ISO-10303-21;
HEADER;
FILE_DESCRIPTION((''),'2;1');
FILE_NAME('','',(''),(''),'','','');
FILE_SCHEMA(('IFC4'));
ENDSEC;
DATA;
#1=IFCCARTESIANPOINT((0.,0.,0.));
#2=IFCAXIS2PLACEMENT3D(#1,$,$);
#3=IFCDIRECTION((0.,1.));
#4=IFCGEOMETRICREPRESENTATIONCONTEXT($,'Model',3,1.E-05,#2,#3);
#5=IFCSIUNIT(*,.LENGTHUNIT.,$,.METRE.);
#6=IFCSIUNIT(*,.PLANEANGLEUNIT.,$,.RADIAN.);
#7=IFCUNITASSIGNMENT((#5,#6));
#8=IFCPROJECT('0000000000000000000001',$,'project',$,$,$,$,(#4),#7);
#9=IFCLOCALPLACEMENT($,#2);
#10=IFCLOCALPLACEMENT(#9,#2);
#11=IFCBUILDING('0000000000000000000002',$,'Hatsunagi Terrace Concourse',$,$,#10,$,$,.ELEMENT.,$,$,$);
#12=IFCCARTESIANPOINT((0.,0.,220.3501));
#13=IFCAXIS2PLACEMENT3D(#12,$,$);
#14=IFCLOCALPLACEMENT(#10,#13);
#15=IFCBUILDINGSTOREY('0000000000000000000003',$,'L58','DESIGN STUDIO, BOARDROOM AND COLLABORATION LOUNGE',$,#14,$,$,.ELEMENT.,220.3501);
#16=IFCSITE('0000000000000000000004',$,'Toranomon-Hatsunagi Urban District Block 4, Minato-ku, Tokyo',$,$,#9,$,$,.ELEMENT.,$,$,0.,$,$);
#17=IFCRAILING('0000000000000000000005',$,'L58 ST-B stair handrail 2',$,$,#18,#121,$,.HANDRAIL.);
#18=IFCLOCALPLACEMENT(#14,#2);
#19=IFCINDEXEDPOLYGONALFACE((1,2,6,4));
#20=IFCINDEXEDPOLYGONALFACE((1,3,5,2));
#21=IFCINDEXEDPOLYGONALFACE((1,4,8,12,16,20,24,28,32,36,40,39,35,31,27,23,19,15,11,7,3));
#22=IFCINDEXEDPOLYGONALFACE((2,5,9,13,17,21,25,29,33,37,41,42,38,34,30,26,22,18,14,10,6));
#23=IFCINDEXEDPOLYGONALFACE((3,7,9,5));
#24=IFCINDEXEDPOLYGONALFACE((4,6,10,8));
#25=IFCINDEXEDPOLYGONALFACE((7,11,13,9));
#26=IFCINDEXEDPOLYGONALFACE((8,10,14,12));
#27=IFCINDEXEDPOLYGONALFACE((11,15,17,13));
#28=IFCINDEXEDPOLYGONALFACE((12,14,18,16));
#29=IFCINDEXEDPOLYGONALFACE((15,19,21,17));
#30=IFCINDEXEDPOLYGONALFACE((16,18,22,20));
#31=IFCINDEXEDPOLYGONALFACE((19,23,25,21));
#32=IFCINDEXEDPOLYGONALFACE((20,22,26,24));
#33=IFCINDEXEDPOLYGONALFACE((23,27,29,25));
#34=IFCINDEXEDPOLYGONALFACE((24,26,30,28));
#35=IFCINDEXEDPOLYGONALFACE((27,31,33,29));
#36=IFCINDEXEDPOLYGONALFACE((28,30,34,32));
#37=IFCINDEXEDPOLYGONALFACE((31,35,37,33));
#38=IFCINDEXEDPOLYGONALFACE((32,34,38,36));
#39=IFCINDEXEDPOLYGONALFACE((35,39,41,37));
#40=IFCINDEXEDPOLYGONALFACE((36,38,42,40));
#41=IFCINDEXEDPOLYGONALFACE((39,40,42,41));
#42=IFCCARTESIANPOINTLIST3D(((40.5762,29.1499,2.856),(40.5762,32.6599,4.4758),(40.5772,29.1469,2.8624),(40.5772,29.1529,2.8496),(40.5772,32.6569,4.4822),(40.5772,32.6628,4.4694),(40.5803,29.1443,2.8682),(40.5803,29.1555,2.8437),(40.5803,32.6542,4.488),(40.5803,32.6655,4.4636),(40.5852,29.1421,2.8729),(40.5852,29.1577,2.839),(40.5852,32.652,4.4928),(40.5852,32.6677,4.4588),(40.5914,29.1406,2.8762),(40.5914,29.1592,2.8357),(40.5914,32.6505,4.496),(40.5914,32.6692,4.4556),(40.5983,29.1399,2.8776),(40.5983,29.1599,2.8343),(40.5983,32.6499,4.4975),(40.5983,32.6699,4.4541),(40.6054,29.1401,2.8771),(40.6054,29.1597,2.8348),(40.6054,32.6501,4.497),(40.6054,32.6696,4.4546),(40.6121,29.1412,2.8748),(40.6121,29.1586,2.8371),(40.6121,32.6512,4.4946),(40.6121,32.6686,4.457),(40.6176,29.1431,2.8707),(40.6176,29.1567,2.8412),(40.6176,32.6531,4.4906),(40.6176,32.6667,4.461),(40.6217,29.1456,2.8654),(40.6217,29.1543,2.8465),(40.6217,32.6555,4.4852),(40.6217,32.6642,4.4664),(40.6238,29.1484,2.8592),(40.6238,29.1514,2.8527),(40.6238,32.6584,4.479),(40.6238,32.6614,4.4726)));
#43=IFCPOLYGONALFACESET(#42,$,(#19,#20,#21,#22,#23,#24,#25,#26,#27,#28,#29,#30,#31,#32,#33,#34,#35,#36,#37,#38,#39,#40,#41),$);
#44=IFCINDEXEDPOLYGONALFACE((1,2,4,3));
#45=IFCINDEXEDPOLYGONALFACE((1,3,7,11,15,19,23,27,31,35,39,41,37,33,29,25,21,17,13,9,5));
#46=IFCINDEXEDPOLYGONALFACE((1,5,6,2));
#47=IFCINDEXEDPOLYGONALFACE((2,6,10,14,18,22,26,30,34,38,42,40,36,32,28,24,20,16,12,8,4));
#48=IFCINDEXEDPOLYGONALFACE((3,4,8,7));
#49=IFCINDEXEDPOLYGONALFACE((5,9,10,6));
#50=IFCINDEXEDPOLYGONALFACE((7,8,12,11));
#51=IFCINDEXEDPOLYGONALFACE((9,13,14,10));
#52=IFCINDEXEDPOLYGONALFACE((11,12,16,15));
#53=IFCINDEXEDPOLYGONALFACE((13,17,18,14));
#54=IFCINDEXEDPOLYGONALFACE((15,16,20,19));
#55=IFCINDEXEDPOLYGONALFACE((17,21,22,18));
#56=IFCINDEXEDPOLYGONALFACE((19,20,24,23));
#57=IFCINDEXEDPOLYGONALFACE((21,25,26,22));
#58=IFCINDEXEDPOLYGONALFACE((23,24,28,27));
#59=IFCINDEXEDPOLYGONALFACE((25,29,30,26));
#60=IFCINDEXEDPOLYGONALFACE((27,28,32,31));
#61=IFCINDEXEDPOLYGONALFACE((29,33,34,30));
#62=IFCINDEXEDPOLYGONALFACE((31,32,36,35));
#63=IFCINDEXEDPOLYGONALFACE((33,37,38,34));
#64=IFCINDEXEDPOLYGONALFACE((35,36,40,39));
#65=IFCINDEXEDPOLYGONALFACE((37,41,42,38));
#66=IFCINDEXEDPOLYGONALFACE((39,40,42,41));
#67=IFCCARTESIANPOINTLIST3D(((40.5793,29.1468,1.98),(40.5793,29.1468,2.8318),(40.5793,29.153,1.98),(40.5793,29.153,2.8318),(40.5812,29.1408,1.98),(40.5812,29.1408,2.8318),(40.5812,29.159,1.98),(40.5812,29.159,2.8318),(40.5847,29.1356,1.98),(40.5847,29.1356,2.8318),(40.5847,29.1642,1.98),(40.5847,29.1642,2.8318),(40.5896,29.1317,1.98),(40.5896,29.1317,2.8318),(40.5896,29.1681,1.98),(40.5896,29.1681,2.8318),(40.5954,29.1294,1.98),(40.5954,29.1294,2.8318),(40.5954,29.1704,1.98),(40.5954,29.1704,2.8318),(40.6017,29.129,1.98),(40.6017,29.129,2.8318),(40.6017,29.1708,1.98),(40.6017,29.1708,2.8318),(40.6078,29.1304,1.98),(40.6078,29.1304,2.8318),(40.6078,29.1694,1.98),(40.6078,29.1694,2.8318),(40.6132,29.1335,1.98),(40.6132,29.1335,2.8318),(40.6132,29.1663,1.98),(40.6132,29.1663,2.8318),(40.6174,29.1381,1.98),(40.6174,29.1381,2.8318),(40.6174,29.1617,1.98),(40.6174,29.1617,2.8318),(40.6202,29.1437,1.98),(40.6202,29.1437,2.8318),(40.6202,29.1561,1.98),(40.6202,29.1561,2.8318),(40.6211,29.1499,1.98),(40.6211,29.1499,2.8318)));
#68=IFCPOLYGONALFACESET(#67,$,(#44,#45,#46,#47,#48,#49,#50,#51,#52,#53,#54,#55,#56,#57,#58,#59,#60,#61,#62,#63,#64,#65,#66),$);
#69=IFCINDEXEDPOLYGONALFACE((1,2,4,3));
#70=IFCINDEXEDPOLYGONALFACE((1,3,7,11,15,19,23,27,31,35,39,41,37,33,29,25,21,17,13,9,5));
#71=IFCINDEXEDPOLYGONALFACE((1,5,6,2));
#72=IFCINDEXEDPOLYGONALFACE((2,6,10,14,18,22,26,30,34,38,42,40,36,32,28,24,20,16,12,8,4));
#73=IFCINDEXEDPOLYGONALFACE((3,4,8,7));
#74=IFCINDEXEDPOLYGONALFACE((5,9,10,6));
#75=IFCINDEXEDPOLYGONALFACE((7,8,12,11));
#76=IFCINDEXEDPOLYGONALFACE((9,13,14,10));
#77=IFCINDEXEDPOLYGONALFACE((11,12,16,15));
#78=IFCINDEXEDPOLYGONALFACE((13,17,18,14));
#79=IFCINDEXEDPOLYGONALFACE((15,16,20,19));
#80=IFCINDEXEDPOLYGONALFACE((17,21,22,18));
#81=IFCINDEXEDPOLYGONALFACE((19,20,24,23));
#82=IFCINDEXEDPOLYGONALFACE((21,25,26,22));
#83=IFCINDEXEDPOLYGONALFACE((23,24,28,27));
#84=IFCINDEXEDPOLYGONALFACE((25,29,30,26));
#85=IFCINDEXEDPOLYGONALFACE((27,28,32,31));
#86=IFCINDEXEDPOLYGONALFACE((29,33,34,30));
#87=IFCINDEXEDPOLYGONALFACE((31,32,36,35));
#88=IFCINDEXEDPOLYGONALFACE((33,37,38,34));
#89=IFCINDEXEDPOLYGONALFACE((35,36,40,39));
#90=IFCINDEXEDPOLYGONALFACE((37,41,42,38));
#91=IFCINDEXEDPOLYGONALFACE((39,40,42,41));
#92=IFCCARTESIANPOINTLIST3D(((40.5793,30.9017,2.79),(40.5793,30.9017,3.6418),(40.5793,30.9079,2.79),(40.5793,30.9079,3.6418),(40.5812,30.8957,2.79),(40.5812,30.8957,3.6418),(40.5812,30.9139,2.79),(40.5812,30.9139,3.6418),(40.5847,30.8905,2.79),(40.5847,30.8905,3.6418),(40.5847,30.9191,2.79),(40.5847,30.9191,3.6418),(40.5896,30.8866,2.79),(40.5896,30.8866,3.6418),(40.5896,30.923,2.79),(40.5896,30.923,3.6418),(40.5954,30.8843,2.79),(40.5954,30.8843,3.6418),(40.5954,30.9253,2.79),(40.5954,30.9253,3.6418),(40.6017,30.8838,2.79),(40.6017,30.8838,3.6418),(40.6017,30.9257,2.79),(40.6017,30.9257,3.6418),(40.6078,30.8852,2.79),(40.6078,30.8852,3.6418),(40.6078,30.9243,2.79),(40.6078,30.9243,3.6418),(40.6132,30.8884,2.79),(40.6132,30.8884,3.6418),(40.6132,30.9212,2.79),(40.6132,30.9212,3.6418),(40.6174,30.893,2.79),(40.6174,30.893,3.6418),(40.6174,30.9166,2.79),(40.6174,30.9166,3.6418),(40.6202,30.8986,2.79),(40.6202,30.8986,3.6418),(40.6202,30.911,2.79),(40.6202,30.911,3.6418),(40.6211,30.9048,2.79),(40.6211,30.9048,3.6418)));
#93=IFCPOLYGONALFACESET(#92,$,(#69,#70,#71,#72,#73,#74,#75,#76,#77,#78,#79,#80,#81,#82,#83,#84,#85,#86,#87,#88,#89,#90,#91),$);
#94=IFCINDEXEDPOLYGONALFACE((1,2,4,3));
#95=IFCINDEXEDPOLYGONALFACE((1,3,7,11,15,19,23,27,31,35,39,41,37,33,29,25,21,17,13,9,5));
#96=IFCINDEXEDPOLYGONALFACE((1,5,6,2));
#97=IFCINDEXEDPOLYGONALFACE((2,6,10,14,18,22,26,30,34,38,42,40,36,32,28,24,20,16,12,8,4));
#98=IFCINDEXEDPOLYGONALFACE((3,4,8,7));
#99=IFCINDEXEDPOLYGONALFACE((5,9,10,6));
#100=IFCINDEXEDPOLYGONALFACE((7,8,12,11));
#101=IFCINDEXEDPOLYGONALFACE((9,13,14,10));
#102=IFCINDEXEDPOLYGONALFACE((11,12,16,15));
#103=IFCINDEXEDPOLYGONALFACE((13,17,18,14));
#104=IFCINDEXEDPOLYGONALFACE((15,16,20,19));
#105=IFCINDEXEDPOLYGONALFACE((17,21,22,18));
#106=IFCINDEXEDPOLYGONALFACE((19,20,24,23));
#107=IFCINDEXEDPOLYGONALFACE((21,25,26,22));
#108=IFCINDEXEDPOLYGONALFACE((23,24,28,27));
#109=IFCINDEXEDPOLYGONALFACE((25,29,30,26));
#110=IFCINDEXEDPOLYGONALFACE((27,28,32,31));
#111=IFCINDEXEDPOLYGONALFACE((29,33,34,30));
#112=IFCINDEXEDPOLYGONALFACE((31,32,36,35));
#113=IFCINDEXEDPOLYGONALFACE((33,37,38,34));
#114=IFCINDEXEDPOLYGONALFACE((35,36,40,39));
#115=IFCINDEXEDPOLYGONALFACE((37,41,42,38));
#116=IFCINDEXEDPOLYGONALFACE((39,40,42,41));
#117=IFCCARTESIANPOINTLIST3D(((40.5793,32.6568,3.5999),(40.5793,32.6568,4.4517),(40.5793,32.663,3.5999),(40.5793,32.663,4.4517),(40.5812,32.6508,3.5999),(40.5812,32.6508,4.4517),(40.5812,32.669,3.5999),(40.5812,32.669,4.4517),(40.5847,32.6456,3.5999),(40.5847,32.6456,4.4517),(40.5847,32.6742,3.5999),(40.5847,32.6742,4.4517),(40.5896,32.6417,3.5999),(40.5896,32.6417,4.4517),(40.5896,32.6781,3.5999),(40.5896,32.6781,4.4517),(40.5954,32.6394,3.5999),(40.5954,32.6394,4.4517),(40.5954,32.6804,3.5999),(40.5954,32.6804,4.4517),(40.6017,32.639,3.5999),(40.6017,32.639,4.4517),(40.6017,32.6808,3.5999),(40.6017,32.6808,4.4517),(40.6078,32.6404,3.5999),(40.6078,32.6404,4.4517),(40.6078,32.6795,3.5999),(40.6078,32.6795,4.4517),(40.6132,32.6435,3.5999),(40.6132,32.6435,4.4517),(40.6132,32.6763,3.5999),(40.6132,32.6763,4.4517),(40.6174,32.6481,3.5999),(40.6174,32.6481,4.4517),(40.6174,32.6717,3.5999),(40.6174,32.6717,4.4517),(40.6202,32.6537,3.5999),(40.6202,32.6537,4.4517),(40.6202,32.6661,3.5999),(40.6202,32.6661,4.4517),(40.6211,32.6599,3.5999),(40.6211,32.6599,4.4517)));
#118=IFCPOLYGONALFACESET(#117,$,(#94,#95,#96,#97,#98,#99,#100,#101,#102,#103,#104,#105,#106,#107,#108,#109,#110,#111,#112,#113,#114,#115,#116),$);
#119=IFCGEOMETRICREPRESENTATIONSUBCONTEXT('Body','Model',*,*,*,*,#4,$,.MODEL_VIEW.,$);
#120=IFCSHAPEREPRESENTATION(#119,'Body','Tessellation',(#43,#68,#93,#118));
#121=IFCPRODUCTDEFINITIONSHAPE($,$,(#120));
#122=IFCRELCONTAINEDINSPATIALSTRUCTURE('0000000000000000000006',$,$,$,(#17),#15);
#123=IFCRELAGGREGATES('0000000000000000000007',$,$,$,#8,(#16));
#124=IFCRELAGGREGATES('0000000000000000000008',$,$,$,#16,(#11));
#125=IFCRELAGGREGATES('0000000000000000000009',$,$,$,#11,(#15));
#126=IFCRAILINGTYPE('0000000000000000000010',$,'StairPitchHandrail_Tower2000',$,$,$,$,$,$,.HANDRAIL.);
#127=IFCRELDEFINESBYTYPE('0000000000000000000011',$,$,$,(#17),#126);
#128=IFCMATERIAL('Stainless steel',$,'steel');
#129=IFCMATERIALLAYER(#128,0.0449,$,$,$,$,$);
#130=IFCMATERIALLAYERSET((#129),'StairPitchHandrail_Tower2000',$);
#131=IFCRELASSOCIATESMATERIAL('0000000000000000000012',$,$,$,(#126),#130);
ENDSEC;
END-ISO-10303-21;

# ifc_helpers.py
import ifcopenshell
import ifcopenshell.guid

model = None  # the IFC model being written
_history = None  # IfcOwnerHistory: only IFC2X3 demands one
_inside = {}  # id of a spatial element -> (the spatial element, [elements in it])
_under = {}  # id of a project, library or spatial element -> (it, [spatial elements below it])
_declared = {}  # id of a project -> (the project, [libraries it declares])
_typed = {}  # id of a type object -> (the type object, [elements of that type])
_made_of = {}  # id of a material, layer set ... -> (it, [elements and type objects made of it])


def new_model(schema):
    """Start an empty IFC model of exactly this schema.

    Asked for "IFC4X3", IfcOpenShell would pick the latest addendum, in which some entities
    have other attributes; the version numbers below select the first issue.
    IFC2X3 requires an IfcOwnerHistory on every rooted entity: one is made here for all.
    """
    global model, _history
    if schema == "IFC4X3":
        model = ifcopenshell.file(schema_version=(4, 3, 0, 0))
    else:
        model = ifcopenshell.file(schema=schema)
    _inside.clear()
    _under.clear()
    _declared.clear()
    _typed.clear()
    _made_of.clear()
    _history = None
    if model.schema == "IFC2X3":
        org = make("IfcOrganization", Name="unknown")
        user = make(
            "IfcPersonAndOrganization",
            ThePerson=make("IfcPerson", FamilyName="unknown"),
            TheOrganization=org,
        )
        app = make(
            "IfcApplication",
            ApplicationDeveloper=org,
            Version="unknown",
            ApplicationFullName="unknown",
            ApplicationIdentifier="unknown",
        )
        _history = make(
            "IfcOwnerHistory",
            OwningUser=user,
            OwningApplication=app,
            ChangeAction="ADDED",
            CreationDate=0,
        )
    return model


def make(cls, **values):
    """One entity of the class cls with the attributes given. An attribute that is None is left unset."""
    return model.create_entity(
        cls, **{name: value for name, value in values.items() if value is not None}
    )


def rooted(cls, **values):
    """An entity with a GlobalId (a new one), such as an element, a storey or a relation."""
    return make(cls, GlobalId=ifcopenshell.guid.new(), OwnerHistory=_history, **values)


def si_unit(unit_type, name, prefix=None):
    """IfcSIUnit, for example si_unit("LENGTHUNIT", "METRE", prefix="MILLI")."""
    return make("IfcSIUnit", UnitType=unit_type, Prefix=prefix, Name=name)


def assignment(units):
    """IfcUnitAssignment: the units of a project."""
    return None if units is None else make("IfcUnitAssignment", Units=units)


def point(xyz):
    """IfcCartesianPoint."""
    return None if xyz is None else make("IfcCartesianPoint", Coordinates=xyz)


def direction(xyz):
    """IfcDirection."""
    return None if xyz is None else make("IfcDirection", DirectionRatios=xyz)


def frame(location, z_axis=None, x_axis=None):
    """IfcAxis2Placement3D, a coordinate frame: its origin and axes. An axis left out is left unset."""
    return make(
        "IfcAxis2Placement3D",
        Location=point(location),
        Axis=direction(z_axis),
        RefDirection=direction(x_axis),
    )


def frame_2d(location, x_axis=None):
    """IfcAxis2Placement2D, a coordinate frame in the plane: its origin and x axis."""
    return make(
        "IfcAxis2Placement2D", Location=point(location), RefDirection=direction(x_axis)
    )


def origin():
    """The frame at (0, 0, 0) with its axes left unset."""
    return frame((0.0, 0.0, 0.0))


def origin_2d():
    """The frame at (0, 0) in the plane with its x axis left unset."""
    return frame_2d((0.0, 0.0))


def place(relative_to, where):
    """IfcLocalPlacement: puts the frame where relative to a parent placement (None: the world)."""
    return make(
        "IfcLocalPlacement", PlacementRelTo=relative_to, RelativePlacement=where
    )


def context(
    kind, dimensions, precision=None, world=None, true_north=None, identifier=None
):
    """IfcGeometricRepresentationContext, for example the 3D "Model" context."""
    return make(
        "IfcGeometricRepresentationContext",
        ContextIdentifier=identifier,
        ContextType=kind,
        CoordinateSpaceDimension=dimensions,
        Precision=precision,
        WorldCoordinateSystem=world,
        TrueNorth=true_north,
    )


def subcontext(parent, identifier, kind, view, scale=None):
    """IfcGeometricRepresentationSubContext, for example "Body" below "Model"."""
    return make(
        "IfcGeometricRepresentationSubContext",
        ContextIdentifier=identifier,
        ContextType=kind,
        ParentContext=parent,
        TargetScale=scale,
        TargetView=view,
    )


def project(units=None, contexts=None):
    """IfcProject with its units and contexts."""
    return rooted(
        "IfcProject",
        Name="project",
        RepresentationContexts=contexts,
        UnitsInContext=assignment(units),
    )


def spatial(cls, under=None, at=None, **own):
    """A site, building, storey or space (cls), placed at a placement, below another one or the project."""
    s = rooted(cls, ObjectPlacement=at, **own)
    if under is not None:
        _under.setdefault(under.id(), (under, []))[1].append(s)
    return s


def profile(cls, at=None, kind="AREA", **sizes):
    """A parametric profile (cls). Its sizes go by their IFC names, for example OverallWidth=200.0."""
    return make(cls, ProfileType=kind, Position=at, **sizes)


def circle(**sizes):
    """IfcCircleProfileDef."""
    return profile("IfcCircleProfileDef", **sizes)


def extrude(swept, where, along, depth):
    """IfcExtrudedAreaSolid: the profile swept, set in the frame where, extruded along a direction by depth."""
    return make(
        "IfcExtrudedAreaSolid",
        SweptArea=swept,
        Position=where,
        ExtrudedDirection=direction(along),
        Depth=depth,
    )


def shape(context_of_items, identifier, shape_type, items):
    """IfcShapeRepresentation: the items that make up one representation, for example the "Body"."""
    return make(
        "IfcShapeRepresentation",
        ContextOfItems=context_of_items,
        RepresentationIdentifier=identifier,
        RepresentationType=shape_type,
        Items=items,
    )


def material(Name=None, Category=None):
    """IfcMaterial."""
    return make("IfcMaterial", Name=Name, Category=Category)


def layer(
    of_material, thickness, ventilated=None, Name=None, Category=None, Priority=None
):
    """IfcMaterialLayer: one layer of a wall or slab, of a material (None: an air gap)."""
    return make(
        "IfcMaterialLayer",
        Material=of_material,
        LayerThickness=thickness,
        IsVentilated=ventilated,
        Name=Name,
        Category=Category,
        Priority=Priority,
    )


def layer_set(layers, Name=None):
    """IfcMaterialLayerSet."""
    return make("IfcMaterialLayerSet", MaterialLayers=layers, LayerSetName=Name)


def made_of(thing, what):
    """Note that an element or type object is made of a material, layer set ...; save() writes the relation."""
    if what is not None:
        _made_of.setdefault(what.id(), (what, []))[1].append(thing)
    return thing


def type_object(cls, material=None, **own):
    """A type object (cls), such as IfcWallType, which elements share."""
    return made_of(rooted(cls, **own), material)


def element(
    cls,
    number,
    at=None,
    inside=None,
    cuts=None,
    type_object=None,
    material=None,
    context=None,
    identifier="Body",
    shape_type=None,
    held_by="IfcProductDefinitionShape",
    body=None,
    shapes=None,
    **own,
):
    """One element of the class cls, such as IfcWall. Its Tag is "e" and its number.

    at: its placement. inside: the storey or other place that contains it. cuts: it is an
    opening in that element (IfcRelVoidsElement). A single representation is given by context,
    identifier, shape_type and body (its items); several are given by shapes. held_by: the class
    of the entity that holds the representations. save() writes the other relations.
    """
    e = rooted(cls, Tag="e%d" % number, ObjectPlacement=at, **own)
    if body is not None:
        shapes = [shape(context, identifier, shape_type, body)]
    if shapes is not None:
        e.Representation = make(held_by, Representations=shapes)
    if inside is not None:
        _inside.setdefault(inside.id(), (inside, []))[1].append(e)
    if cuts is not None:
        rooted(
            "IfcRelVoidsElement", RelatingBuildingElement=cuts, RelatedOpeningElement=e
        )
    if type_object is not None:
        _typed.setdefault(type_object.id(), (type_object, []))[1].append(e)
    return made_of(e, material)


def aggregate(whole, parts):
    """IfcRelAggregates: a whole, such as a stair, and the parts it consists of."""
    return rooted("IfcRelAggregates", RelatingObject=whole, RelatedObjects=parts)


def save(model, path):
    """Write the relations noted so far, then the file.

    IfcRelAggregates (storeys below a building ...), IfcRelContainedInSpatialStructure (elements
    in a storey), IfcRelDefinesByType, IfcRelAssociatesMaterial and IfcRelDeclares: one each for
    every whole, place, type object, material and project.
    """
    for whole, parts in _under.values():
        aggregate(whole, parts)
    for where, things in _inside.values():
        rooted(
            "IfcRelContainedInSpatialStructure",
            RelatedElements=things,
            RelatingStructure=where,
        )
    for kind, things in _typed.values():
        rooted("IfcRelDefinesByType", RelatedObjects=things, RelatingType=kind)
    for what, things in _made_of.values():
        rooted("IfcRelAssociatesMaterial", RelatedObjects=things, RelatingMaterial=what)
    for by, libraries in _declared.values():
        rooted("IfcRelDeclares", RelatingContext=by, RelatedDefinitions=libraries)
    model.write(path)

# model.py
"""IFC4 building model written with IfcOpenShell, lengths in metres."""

from ifc_helpers import new_model, si_unit, direction, frame, origin, origin_2d, place, context, subcontext, project, spatial, circle, extrude, material, layer, layer_set, type_object, element, save


model = new_model("IFC4")

# Units and contexts
model_context = context("Model", 3, precision=1e-05, world=origin(), true_north=direction((0.0, 1.0)))
body_context = subcontext(model_context, "Body", "Model", "MODEL_VIEW")
ifc_project = project(units=[si_unit("LENGTHUNIT", "METRE"), si_unit("PLANEANGLEUNIT", "RADIAN")], contexts=[model_context])

# Site, building, storey
site_placement = place(None, origin())
site = spatial("IfcSite", under=ifc_project, at=site_placement, Name="Toranomon-Hatsunagi Urban District Block 4, Minato-ku, Tokyo", CompositionType="ELEMENT", RefElevation=0.0)
building_placement = place(site_placement, origin())
building = spatial("IfcBuilding", under=site, at=building_placement, Name="Hatsunagi Terrace Concourse", CompositionType="ELEMENT")
storey_placement = place(building_placement, frame((0.0, 0.0, 220.3501)))
storey = spatial("IfcBuildingStorey", under=building, at=storey_placement, Name="L58", Description="DESIGN STUDIO, BOARDROOM AND COLLABORATION LOUNGE", CompositionType="ELEMENT", Elevation=220.3501)

# Railing
ifc_material_1 = material(Name="Stainless steel", Category="steel")
ifc_layer_1 = layer(ifc_material_1, 0.0449)
ifc_layer_set_1 = layer_set([ifc_layer_1], Name="StairPitchHandrail_Tower2000")
railing_type_1 = type_object("IfcRailingType", Name="StairPitchHandrail_Tower2000", PredefinedType="HANDRAIL", material=ifc_layer_set_1)
railing_1_placement = place(storey_placement, frame((40.6001, 29.1499, 1.98)))
element("IfcRailing", 1, at=railing_1_placement, inside=storey, type_object=railing_type_1, Name="L58 ST-B stair handrail 2", PredefinedType="HANDRAIL", context=body_context, shape_type="SweptSolid", body=[
    extrude(circle(Radius=0.0239, at=origin_2d()), frame((0.0, 0.0, 0.876), z_axis=(0.0, 0.907972, 0.41903), x_axis=(-1.0, 0.0, 0.0)), (0.0, 0.0, 1.0), 3.8657),
    extrude(circle(Radius=0.021, at=origin_2d()), origin(), (0.0, 0.0, 1.0), 0.8518),
    extrude(circle(Radius=0.021, at=origin_2d()), frame((0.0, 1.7549, 0.8101)), (0.0, 0.0, 1.0), 0.8518),
    extrude(circle(Radius=0.021, at=origin_2d()), frame((0.0, 3.51, 1.6199)), (0.0, 0.0, 1.0), 0.8518),
])

save(model, "model.ifc")
